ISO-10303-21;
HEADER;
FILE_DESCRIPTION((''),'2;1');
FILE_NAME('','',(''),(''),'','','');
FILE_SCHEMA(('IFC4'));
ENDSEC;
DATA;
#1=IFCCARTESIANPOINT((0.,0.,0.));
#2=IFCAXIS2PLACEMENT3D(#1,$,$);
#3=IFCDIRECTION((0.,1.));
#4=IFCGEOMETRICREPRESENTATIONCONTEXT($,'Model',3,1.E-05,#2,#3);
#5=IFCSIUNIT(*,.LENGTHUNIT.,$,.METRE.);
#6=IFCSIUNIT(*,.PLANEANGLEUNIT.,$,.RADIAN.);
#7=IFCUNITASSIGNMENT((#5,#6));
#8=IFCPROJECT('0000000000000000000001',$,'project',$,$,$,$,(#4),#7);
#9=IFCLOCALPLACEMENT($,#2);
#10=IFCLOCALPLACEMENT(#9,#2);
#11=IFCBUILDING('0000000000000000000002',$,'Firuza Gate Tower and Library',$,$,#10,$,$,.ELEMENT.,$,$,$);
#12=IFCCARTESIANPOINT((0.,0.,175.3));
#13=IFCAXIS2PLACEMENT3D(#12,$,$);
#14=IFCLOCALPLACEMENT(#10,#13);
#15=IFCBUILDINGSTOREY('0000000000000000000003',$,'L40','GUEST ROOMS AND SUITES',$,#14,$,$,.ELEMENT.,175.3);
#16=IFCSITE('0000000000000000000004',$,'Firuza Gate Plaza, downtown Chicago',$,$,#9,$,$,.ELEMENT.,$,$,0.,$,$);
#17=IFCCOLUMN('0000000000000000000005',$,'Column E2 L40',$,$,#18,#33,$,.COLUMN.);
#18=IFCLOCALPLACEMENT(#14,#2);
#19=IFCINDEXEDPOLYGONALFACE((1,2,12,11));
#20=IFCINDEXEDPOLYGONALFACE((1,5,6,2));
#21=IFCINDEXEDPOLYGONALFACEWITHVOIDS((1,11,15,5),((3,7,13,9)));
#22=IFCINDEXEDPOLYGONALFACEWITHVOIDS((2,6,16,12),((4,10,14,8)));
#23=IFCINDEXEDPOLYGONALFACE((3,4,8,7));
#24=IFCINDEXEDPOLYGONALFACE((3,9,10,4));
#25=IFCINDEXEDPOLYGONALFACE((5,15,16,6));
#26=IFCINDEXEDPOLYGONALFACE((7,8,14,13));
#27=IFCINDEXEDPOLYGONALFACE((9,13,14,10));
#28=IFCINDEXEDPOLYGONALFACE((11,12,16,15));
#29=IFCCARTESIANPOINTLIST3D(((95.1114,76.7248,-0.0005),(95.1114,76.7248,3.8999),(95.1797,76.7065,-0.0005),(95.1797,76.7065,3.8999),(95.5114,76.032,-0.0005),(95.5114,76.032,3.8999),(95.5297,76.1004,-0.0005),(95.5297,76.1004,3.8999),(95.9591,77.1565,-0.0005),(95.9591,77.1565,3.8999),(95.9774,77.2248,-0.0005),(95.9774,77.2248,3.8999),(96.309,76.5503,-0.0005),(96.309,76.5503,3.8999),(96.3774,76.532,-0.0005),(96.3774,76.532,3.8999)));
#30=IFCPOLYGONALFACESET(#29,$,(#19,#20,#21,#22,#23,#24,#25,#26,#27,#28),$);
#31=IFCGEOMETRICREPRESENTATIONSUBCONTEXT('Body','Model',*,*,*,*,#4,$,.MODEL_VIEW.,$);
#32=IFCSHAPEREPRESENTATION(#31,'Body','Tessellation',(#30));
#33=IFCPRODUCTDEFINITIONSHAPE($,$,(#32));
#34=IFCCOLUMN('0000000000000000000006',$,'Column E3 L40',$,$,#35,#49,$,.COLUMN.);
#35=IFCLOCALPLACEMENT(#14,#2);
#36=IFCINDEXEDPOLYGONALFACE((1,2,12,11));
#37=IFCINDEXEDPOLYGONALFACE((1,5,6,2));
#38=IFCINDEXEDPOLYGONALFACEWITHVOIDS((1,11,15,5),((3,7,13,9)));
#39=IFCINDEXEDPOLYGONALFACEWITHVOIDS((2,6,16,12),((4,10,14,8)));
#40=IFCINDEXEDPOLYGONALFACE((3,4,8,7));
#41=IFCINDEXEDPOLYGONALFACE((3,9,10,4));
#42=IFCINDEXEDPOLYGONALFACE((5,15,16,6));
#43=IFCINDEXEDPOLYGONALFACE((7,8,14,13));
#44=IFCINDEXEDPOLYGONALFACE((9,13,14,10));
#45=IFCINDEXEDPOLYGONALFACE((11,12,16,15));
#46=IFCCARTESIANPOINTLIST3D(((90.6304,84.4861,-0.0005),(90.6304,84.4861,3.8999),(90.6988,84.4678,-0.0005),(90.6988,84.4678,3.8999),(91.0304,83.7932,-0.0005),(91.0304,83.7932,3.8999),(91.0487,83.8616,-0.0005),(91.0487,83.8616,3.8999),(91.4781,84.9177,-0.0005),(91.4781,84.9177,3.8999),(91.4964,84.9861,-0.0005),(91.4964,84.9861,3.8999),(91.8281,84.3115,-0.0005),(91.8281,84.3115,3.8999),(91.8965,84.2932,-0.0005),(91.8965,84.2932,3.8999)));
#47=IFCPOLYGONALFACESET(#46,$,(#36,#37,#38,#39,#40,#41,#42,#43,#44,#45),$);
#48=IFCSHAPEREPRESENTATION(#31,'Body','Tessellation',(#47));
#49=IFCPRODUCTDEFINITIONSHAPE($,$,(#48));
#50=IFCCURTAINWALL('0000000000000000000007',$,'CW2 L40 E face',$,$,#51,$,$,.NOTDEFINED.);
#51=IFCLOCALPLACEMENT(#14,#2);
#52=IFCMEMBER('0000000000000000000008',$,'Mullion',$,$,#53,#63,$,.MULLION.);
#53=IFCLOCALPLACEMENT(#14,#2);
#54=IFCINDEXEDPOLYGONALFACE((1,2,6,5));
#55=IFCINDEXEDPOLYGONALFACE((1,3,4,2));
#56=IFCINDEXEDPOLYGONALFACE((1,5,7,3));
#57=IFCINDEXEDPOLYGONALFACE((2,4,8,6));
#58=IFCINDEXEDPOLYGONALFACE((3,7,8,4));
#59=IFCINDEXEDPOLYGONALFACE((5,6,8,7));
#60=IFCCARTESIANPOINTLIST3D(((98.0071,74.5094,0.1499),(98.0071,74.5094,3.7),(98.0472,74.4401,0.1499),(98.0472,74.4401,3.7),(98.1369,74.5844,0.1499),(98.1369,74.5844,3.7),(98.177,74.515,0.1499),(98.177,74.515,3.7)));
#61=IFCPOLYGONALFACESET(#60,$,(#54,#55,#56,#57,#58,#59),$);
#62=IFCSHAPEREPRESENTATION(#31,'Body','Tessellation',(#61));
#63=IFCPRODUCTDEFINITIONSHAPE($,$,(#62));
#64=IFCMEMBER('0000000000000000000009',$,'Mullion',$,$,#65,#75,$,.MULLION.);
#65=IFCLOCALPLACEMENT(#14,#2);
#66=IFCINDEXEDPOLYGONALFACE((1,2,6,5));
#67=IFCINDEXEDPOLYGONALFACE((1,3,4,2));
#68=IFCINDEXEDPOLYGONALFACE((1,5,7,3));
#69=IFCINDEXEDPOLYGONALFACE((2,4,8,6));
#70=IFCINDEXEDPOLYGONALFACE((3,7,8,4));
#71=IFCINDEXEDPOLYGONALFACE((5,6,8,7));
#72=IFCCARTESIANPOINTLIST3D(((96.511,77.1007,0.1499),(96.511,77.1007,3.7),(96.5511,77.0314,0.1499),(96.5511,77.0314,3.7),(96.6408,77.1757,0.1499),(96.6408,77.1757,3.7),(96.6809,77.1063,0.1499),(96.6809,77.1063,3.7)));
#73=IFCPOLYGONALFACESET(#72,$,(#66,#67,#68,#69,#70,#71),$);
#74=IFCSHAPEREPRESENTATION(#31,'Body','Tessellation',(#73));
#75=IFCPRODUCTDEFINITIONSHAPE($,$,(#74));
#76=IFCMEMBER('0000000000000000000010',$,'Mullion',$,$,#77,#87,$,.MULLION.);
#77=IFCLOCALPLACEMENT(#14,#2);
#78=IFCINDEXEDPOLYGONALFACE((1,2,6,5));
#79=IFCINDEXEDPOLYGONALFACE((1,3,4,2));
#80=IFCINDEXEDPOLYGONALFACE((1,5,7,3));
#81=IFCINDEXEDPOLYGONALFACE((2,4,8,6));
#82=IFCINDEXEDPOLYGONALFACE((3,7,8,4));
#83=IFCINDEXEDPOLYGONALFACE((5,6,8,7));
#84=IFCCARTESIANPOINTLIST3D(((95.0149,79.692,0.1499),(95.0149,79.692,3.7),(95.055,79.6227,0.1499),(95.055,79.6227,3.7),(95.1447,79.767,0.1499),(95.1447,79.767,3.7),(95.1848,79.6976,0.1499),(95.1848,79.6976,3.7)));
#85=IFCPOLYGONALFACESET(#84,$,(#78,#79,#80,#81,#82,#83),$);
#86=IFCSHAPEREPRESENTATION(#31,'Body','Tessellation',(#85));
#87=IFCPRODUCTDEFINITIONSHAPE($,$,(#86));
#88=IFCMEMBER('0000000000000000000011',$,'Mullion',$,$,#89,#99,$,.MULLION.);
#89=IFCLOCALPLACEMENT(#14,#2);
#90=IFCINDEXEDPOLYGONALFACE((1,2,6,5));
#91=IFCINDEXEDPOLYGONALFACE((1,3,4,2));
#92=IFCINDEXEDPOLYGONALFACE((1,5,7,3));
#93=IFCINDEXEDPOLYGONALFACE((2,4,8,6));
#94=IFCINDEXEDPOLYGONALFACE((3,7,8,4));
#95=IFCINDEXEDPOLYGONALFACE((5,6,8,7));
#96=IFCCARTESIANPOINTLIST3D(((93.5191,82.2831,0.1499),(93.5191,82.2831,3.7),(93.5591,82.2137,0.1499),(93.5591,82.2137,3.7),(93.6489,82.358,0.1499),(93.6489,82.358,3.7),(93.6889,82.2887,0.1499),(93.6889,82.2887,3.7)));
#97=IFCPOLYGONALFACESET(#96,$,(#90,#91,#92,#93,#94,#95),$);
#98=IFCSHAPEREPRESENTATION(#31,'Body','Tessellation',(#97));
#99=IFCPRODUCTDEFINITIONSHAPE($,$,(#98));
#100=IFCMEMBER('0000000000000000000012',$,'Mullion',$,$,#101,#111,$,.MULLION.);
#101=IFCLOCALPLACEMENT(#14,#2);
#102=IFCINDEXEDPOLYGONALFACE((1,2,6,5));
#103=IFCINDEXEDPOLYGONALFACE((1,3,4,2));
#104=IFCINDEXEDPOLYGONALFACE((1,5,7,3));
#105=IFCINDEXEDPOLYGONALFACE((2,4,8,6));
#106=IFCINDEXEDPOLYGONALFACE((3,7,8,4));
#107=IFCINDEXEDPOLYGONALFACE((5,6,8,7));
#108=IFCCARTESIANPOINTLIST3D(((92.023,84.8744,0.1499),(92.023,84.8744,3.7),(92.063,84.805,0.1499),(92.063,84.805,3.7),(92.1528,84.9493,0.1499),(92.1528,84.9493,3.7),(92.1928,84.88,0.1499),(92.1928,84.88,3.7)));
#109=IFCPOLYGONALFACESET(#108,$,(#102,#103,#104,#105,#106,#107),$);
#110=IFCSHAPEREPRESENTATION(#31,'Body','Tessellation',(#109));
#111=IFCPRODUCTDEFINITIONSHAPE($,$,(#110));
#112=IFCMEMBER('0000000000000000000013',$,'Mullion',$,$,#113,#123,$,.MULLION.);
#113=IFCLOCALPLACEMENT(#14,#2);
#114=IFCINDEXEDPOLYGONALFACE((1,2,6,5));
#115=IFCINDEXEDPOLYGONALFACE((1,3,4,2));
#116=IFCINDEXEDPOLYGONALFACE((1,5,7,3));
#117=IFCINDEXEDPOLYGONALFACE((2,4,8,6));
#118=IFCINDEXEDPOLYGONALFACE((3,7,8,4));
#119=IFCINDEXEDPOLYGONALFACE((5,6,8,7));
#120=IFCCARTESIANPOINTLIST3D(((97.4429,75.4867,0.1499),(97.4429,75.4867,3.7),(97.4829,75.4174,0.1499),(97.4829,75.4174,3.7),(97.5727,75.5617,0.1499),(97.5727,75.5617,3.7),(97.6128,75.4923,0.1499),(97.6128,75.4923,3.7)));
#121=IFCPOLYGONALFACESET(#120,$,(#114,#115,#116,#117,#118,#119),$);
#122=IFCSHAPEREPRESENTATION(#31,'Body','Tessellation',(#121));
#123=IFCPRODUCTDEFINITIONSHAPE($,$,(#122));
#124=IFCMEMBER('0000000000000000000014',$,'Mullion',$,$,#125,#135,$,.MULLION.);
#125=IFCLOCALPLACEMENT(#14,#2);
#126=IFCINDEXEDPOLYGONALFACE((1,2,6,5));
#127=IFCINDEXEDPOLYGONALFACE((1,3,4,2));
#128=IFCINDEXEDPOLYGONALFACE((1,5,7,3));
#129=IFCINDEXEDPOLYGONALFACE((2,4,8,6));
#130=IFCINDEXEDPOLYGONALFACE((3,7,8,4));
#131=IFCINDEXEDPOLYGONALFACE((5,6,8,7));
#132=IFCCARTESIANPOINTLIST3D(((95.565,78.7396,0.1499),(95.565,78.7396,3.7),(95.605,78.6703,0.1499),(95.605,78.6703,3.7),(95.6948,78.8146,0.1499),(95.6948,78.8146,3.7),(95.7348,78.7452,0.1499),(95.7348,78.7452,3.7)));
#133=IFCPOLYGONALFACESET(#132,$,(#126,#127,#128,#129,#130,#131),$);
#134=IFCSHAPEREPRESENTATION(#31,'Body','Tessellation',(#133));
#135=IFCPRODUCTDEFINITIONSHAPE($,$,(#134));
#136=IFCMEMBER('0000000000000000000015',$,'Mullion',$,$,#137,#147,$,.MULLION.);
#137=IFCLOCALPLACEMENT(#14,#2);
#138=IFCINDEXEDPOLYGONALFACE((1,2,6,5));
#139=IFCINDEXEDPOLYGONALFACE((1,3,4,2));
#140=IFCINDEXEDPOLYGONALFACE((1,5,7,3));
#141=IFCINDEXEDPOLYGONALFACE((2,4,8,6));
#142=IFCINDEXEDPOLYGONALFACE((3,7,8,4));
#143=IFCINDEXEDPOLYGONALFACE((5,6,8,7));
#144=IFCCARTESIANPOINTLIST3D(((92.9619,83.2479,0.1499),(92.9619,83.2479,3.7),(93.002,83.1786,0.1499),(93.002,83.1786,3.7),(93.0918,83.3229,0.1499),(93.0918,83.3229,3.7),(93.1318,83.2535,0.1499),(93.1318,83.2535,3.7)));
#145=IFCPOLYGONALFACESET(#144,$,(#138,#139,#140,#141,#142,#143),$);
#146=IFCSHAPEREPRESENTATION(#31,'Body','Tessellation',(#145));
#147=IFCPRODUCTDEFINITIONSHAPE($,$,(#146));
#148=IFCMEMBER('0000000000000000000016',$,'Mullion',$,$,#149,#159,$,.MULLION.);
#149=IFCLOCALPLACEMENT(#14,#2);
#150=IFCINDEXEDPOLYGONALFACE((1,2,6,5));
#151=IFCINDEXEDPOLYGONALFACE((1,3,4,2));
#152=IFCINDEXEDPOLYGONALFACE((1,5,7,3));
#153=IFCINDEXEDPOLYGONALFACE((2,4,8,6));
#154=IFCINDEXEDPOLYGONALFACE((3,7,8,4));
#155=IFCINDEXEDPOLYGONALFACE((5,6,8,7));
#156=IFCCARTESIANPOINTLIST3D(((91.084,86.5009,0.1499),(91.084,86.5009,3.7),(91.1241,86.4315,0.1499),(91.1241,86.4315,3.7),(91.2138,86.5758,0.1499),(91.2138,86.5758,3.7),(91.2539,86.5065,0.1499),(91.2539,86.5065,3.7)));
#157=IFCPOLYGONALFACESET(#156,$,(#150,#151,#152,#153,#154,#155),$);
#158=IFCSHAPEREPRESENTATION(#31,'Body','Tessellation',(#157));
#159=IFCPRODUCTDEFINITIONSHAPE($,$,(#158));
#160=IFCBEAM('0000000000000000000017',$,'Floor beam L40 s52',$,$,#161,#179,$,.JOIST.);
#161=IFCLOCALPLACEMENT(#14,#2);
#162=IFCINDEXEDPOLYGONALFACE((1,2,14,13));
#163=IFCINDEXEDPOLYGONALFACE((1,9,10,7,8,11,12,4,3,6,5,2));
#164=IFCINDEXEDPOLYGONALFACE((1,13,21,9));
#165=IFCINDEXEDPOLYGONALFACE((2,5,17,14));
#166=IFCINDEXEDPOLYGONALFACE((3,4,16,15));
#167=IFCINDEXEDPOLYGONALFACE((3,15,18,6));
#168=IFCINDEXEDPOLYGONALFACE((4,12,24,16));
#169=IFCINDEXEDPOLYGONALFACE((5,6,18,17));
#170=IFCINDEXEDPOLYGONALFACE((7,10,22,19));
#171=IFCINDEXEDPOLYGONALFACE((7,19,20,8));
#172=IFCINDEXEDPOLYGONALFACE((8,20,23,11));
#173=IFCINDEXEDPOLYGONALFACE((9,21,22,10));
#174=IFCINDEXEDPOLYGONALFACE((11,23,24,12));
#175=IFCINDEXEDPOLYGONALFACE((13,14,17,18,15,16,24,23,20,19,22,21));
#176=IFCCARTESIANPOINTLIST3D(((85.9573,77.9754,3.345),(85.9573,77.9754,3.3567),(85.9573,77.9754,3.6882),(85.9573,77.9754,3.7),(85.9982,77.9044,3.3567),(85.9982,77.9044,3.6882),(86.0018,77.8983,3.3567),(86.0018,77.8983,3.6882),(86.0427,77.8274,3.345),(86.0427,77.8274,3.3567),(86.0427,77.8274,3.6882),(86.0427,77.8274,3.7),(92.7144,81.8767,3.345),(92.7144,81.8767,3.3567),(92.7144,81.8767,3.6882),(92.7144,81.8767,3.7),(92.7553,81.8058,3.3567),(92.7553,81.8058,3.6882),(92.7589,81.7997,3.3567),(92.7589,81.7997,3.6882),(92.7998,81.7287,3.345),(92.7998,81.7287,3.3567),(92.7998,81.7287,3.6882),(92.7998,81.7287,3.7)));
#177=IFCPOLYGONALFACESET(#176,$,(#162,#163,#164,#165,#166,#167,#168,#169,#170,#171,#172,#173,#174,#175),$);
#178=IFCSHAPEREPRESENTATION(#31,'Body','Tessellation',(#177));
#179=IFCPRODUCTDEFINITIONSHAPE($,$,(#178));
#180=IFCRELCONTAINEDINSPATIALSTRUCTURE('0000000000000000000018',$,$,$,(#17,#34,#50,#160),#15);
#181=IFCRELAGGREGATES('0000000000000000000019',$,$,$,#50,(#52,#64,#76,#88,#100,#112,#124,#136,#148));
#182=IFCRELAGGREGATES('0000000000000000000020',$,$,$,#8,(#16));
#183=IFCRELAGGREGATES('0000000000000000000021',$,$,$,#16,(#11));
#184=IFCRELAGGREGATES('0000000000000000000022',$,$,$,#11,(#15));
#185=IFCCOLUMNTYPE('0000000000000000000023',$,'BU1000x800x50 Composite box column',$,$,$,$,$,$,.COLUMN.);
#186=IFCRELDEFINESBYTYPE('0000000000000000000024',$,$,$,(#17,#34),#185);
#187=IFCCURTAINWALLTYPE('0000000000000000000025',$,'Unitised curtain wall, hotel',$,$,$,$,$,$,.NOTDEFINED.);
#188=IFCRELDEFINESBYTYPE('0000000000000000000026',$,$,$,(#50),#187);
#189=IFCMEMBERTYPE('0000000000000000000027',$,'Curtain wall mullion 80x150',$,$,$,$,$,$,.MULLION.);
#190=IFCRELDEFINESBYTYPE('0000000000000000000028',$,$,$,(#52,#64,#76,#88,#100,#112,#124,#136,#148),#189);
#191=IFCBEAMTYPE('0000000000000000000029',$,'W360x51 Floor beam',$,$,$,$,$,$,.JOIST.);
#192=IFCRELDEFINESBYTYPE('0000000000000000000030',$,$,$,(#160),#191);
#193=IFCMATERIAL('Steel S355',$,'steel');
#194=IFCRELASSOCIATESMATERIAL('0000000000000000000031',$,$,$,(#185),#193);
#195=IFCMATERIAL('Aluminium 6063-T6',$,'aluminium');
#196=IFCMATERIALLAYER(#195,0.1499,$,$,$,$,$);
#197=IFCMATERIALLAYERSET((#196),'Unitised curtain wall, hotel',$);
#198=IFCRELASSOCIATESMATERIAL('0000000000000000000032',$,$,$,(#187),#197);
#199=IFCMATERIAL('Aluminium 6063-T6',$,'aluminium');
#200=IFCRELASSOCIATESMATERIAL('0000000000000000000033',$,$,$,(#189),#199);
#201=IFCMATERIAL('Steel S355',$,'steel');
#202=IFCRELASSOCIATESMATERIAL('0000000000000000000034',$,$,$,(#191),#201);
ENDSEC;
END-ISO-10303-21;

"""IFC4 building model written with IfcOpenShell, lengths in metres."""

from ifc_helpers import new_model, si_unit, direction, frame, origin, origin_2d, place, context, subcontext, project, spatial, rectangle, hollow_rectangle, i_section, extrude, material, layer, layer_set, material_profile, profile_set, type_object, element, aggregate, save


model = new_model("IFC4")

# Units and contexts
model_context = context("Model", 3, precision=1e-05, world=origin(), true_north=direction((0.0, 1.0)))
body_context = subcontext(model_context, "Body", "Model", "MODEL_VIEW")
ifc_project = project(units=[si_unit("LENGTHUNIT", "METRE"), si_unit("PLANEANGLEUNIT", "RADIAN")], contexts=[model_context])

# Site, building, storey
site_placement = place(None, origin())
site = spatial("IfcSite", under=ifc_project, at=site_placement, Name="Firuza Gate Plaza, downtown Chicago", CompositionType="ELEMENT", RefElevation=0.0)
building_placement = place(site_placement, origin())
building = spatial("IfcBuilding", under=site, at=building_placement, Name="Firuza Gate Tower and Library", CompositionType="ELEMENT")
storey_placement = place(building_placement, frame((0.0, 0.0, 175.3)))
storey = spatial("IfcBuildingStorey", under=building, at=storey_placement, Name="L40", Description="GUEST ROOMS AND SUITES", CompositionType="ELEMENT", Elevation=175.3)

# Columns
ifc_material_1 = material(Name="Steel S355", Category="steel")
ifc_material_profile_1 = material_profile(ifc_material_1, hollow_rectangle(XDim=0.8, YDim=1.0, WallThickness=0.05, at=origin_2d()))
ifc_profile_set_1 = profile_set([ifc_material_profile_1], Name="Steel S355")
column_type = type_object("IfcColumnType", Name="BU1000x800x50 Composite box column", PredefinedType="COLUMN", material=ifc_profile_set_1)
for number, where, z_axis, x_axis, name in (
    (1, (95.7444, 76.6284, -0.0005), (0.0, 0.0, 1.0), (-0.5, 0.866025, 0.0), "Column E2 L40"),
    (2, (91.2634, 84.3896, -0.0005), (0.0, 0.0, 1.0), (-0.5, 0.866025, 0.0), "Column E3 L40"),
):
    element("IfcColumn", number, at=place(storey_placement, frame(where, z_axis=z_axis, x_axis=x_axis)), inside=storey, type_object=column_type, Name=name, PredefinedType="COLUMN", context=body_context, shape_type="SweptSolid", body=[
        extrude(hollow_rectangle(XDim=0.8, YDim=1.0, WallThickness=0.05, at=origin_2d()), origin(), (0.0, 0.0, 1.0), 3.9004),
    ])

# Curtain wall, members
ifc_material_2 = material(Name="Aluminium 6063-T6", Category="aluminium")
ifc_layer_1 = layer(ifc_material_2, 0.1499)
ifc_layer_set_1 = layer_set([ifc_layer_1], Name="Unitised curtain wall, hotel")
curtain_wall_type = type_object("IfcCurtainWallType", Name="Unitised curtain wall, hotel", PredefinedType="NOTDEFINED", material=ifc_layer_set_1)
curtain_wall_placement = place(storey_placement, origin())
curtain_wall = element("IfcCurtainWall", 3, at=curtain_wall_placement, inside=storey, type_object=curtain_wall_type, Name="CW2 L40 E face", PredefinedType="NOTDEFINED")
ifc_material_3 = material(Name="Aluminium 6063-T6", Category="aluminium")
ifc_material_profile_2 = material_profile(ifc_material_3, rectangle(XDim=0.1499, YDim=0.0801, at=origin_2d()))
ifc_profile_set_2 = profile_set([ifc_material_profile_2], Name="Aluminium 6063-T6")
member_type = type_object("IfcMemberType", Name="Curtain wall mullion 80x150", PredefinedType="MULLION", material=ifc_profile_set_2)
member_1_placement = place(storey_placement, frame((98.092, 74.5122, 0.1499), z_axis=(0.0, 0.0, 1.0), x_axis=(-0.866025, -0.5, 0.0)))
member_1 = element("IfcMember", 4, at=member_1_placement, type_object=member_type, Name="Mullion", PredefinedType="MULLION", context=body_context, shape_type="SweptSolid", body=[
    extrude(rectangle(XDim=0.1499, YDim=0.0801, at=origin_2d()), origin(), (0.0, 0.0, 1.0), 3.55),
])
member_2_placement = place(storey_placement, frame((96.5959, 77.1035, 0.1499), z_axis=(0.0, 0.0, 1.0), x_axis=(-0.866025, -0.5, 0.0)))
member_2 = element("IfcMember", 5, at=member_2_placement, type_object=member_type, Name="Mullion", PredefinedType="MULLION", context=body_context, shape_type="SweptSolid", body=[
    extrude(rectangle(XDim=0.1499, YDim=0.0801, at=origin_2d()), origin(), (0.0, 0.0, 1.0), 3.55),
])
member_3_placement = place(storey_placement, frame((95.0999, 79.6948, 0.1499), z_axis=(0.0, 0.0, 1.0), x_axis=(-0.866025, -0.5, 0.0)))
member_3 = element("IfcMember", 6, at=member_3_placement, type_object=member_type, Name="Mullion", PredefinedType="MULLION", context=body_context, shape_type="SweptSolid", body=[
    extrude(rectangle(XDim=0.1499, YDim=0.0801, at=origin_2d()), origin(), (0.0, 0.0, 1.0), 3.55),
])
member_4_placement = place(storey_placement, frame((93.604, 82.2859, 0.1499), z_axis=(0.0, 0.0, 1.0), x_axis=(-0.866025, -0.5, 0.0)))
member_4 = element("IfcMember", 7, at=member_4_placement, type_object=member_type, Name="Mullion", PredefinedType="MULLION", context=body_context, shape_type="SweptSolid", body=[
    extrude(rectangle(XDim=0.1499, YDim=0.0801, at=origin_2d()), origin(), (0.0, 0.0, 1.0), 3.55),
])
member_5_placement = place(storey_placement, frame((92.1079, 84.8772, 0.1499), z_axis=(0.0, 0.0, 1.0), x_axis=(-0.866025, -0.5, 0.0)))
member_5 = element("IfcMember", 8, at=member_5_placement, type_object=member_type, Name="Mullion", PredefinedType="MULLION", context=body_context, shape_type="SweptSolid", body=[
    extrude(rectangle(XDim=0.1499, YDim=0.0801, at=origin_2d()), origin(), (0.0, 0.0, 1.0), 3.55),
])
member_6_placement = place(storey_placement, frame((97.5278, 75.4895, 0.1499), z_axis=(0.0, 0.0, 1.0), x_axis=(-0.866025, -0.5, 0.0)))
member_6 = element("IfcMember", 9, at=member_6_placement, type_object=member_type, Name="Mullion", PredefinedType="MULLION", context=body_context, shape_type="SweptSolid", body=[
    extrude(rectangle(XDim=0.1499, YDim=0.0801, at=origin_2d()), origin(), (0.0, 0.0, 1.0), 3.55),
])
member_7_placement = place(storey_placement, frame((95.6499, 78.7424, 0.1499), z_axis=(0.0, 0.0, 1.0), x_axis=(-0.866025, -0.5, 0.0)))
member_7 = element("IfcMember", 10, at=member_7_placement, type_object=member_type, Name="Mullion", PredefinedType="MULLION", context=body_context, shape_type="SweptSolid", body=[
    extrude(rectangle(XDim=0.1499, YDim=0.0801, at=origin_2d()), origin(), (0.0, 0.0, 1.0), 3.55),
])
member_8_placement = place(storey_placement, frame((93.0469, 83.2507, 0.1499), z_axis=(0.0, 0.0, 1.0), x_axis=(-0.866025, -0.5, 0.0)))
member_8 = element("IfcMember", 11, at=member_8_placement, type_object=member_type, Name="Mullion", PredefinedType="MULLION", context=body_context, shape_type="SweptSolid", body=[
    extrude(rectangle(XDim=0.1499, YDim=0.0801, at=origin_2d()), origin(), (0.0, 0.0, 1.0), 3.55),
])
member_9_placement = place(storey_placement, frame((91.1689, 86.5037, 0.1499), z_axis=(0.0, 0.0, 1.0), x_axis=(-0.866025, -0.5, 0.0)))
member_9 = element("IfcMember", 12, at=member_9_placement, type_object=member_type, Name="Mullion", PredefinedType="MULLION", context=body_context, shape_type="SweptSolid", body=[
    extrude(rectangle(XDim=0.1499, YDim=0.0801, at=origin_2d()), origin(), (0.0, 0.0, 1.0), 3.55),
])

# Beam
ifc_material_4 = material(Name="Steel S355", Category="steel")
ifc_material_profile_3 = material_profile(ifc_material_4, i_section(OverallWidth=0.1709, OverallDepth=0.355, WebThickness=0.0071, FlangeThickness=0.0117, at=origin_2d()))
ifc_profile_set_3 = profile_set([ifc_material_profile_3], Name="Steel S355")
beam_type_1 = type_object("IfcBeamType", Name="W360x51 Floor beam", PredefinedType="JOIST", material=ifc_profile_set_3)
beam_1_placement = place(storey_placement, frame((92.7571, 81.8027, 3.5225), z_axis=(-0.866016, -0.500016, 0.0), x_axis=(0.500016, -0.866016, 0.0)))
element("IfcBeam", 13, at=beam_1_placement, inside=storey, type_object=beam_type_1, Name="Floor beam L40 s52", PredefinedType="JOIST", context=body_context, shape_type="SweptSolid", body=[
    extrude(i_section(OverallWidth=0.1709, OverallDepth=0.355, WebThickness=0.0071, FlangeThickness=0.0117, at=origin_2d()), origin(), (0.0, 0.0, 1.0), 7.8025),
])

aggregate(curtain_wall, [member_1, member_2, member_3, member_4, member_5, member_6, member_7, member_8, member_9])

save(model, "model.ifc")
